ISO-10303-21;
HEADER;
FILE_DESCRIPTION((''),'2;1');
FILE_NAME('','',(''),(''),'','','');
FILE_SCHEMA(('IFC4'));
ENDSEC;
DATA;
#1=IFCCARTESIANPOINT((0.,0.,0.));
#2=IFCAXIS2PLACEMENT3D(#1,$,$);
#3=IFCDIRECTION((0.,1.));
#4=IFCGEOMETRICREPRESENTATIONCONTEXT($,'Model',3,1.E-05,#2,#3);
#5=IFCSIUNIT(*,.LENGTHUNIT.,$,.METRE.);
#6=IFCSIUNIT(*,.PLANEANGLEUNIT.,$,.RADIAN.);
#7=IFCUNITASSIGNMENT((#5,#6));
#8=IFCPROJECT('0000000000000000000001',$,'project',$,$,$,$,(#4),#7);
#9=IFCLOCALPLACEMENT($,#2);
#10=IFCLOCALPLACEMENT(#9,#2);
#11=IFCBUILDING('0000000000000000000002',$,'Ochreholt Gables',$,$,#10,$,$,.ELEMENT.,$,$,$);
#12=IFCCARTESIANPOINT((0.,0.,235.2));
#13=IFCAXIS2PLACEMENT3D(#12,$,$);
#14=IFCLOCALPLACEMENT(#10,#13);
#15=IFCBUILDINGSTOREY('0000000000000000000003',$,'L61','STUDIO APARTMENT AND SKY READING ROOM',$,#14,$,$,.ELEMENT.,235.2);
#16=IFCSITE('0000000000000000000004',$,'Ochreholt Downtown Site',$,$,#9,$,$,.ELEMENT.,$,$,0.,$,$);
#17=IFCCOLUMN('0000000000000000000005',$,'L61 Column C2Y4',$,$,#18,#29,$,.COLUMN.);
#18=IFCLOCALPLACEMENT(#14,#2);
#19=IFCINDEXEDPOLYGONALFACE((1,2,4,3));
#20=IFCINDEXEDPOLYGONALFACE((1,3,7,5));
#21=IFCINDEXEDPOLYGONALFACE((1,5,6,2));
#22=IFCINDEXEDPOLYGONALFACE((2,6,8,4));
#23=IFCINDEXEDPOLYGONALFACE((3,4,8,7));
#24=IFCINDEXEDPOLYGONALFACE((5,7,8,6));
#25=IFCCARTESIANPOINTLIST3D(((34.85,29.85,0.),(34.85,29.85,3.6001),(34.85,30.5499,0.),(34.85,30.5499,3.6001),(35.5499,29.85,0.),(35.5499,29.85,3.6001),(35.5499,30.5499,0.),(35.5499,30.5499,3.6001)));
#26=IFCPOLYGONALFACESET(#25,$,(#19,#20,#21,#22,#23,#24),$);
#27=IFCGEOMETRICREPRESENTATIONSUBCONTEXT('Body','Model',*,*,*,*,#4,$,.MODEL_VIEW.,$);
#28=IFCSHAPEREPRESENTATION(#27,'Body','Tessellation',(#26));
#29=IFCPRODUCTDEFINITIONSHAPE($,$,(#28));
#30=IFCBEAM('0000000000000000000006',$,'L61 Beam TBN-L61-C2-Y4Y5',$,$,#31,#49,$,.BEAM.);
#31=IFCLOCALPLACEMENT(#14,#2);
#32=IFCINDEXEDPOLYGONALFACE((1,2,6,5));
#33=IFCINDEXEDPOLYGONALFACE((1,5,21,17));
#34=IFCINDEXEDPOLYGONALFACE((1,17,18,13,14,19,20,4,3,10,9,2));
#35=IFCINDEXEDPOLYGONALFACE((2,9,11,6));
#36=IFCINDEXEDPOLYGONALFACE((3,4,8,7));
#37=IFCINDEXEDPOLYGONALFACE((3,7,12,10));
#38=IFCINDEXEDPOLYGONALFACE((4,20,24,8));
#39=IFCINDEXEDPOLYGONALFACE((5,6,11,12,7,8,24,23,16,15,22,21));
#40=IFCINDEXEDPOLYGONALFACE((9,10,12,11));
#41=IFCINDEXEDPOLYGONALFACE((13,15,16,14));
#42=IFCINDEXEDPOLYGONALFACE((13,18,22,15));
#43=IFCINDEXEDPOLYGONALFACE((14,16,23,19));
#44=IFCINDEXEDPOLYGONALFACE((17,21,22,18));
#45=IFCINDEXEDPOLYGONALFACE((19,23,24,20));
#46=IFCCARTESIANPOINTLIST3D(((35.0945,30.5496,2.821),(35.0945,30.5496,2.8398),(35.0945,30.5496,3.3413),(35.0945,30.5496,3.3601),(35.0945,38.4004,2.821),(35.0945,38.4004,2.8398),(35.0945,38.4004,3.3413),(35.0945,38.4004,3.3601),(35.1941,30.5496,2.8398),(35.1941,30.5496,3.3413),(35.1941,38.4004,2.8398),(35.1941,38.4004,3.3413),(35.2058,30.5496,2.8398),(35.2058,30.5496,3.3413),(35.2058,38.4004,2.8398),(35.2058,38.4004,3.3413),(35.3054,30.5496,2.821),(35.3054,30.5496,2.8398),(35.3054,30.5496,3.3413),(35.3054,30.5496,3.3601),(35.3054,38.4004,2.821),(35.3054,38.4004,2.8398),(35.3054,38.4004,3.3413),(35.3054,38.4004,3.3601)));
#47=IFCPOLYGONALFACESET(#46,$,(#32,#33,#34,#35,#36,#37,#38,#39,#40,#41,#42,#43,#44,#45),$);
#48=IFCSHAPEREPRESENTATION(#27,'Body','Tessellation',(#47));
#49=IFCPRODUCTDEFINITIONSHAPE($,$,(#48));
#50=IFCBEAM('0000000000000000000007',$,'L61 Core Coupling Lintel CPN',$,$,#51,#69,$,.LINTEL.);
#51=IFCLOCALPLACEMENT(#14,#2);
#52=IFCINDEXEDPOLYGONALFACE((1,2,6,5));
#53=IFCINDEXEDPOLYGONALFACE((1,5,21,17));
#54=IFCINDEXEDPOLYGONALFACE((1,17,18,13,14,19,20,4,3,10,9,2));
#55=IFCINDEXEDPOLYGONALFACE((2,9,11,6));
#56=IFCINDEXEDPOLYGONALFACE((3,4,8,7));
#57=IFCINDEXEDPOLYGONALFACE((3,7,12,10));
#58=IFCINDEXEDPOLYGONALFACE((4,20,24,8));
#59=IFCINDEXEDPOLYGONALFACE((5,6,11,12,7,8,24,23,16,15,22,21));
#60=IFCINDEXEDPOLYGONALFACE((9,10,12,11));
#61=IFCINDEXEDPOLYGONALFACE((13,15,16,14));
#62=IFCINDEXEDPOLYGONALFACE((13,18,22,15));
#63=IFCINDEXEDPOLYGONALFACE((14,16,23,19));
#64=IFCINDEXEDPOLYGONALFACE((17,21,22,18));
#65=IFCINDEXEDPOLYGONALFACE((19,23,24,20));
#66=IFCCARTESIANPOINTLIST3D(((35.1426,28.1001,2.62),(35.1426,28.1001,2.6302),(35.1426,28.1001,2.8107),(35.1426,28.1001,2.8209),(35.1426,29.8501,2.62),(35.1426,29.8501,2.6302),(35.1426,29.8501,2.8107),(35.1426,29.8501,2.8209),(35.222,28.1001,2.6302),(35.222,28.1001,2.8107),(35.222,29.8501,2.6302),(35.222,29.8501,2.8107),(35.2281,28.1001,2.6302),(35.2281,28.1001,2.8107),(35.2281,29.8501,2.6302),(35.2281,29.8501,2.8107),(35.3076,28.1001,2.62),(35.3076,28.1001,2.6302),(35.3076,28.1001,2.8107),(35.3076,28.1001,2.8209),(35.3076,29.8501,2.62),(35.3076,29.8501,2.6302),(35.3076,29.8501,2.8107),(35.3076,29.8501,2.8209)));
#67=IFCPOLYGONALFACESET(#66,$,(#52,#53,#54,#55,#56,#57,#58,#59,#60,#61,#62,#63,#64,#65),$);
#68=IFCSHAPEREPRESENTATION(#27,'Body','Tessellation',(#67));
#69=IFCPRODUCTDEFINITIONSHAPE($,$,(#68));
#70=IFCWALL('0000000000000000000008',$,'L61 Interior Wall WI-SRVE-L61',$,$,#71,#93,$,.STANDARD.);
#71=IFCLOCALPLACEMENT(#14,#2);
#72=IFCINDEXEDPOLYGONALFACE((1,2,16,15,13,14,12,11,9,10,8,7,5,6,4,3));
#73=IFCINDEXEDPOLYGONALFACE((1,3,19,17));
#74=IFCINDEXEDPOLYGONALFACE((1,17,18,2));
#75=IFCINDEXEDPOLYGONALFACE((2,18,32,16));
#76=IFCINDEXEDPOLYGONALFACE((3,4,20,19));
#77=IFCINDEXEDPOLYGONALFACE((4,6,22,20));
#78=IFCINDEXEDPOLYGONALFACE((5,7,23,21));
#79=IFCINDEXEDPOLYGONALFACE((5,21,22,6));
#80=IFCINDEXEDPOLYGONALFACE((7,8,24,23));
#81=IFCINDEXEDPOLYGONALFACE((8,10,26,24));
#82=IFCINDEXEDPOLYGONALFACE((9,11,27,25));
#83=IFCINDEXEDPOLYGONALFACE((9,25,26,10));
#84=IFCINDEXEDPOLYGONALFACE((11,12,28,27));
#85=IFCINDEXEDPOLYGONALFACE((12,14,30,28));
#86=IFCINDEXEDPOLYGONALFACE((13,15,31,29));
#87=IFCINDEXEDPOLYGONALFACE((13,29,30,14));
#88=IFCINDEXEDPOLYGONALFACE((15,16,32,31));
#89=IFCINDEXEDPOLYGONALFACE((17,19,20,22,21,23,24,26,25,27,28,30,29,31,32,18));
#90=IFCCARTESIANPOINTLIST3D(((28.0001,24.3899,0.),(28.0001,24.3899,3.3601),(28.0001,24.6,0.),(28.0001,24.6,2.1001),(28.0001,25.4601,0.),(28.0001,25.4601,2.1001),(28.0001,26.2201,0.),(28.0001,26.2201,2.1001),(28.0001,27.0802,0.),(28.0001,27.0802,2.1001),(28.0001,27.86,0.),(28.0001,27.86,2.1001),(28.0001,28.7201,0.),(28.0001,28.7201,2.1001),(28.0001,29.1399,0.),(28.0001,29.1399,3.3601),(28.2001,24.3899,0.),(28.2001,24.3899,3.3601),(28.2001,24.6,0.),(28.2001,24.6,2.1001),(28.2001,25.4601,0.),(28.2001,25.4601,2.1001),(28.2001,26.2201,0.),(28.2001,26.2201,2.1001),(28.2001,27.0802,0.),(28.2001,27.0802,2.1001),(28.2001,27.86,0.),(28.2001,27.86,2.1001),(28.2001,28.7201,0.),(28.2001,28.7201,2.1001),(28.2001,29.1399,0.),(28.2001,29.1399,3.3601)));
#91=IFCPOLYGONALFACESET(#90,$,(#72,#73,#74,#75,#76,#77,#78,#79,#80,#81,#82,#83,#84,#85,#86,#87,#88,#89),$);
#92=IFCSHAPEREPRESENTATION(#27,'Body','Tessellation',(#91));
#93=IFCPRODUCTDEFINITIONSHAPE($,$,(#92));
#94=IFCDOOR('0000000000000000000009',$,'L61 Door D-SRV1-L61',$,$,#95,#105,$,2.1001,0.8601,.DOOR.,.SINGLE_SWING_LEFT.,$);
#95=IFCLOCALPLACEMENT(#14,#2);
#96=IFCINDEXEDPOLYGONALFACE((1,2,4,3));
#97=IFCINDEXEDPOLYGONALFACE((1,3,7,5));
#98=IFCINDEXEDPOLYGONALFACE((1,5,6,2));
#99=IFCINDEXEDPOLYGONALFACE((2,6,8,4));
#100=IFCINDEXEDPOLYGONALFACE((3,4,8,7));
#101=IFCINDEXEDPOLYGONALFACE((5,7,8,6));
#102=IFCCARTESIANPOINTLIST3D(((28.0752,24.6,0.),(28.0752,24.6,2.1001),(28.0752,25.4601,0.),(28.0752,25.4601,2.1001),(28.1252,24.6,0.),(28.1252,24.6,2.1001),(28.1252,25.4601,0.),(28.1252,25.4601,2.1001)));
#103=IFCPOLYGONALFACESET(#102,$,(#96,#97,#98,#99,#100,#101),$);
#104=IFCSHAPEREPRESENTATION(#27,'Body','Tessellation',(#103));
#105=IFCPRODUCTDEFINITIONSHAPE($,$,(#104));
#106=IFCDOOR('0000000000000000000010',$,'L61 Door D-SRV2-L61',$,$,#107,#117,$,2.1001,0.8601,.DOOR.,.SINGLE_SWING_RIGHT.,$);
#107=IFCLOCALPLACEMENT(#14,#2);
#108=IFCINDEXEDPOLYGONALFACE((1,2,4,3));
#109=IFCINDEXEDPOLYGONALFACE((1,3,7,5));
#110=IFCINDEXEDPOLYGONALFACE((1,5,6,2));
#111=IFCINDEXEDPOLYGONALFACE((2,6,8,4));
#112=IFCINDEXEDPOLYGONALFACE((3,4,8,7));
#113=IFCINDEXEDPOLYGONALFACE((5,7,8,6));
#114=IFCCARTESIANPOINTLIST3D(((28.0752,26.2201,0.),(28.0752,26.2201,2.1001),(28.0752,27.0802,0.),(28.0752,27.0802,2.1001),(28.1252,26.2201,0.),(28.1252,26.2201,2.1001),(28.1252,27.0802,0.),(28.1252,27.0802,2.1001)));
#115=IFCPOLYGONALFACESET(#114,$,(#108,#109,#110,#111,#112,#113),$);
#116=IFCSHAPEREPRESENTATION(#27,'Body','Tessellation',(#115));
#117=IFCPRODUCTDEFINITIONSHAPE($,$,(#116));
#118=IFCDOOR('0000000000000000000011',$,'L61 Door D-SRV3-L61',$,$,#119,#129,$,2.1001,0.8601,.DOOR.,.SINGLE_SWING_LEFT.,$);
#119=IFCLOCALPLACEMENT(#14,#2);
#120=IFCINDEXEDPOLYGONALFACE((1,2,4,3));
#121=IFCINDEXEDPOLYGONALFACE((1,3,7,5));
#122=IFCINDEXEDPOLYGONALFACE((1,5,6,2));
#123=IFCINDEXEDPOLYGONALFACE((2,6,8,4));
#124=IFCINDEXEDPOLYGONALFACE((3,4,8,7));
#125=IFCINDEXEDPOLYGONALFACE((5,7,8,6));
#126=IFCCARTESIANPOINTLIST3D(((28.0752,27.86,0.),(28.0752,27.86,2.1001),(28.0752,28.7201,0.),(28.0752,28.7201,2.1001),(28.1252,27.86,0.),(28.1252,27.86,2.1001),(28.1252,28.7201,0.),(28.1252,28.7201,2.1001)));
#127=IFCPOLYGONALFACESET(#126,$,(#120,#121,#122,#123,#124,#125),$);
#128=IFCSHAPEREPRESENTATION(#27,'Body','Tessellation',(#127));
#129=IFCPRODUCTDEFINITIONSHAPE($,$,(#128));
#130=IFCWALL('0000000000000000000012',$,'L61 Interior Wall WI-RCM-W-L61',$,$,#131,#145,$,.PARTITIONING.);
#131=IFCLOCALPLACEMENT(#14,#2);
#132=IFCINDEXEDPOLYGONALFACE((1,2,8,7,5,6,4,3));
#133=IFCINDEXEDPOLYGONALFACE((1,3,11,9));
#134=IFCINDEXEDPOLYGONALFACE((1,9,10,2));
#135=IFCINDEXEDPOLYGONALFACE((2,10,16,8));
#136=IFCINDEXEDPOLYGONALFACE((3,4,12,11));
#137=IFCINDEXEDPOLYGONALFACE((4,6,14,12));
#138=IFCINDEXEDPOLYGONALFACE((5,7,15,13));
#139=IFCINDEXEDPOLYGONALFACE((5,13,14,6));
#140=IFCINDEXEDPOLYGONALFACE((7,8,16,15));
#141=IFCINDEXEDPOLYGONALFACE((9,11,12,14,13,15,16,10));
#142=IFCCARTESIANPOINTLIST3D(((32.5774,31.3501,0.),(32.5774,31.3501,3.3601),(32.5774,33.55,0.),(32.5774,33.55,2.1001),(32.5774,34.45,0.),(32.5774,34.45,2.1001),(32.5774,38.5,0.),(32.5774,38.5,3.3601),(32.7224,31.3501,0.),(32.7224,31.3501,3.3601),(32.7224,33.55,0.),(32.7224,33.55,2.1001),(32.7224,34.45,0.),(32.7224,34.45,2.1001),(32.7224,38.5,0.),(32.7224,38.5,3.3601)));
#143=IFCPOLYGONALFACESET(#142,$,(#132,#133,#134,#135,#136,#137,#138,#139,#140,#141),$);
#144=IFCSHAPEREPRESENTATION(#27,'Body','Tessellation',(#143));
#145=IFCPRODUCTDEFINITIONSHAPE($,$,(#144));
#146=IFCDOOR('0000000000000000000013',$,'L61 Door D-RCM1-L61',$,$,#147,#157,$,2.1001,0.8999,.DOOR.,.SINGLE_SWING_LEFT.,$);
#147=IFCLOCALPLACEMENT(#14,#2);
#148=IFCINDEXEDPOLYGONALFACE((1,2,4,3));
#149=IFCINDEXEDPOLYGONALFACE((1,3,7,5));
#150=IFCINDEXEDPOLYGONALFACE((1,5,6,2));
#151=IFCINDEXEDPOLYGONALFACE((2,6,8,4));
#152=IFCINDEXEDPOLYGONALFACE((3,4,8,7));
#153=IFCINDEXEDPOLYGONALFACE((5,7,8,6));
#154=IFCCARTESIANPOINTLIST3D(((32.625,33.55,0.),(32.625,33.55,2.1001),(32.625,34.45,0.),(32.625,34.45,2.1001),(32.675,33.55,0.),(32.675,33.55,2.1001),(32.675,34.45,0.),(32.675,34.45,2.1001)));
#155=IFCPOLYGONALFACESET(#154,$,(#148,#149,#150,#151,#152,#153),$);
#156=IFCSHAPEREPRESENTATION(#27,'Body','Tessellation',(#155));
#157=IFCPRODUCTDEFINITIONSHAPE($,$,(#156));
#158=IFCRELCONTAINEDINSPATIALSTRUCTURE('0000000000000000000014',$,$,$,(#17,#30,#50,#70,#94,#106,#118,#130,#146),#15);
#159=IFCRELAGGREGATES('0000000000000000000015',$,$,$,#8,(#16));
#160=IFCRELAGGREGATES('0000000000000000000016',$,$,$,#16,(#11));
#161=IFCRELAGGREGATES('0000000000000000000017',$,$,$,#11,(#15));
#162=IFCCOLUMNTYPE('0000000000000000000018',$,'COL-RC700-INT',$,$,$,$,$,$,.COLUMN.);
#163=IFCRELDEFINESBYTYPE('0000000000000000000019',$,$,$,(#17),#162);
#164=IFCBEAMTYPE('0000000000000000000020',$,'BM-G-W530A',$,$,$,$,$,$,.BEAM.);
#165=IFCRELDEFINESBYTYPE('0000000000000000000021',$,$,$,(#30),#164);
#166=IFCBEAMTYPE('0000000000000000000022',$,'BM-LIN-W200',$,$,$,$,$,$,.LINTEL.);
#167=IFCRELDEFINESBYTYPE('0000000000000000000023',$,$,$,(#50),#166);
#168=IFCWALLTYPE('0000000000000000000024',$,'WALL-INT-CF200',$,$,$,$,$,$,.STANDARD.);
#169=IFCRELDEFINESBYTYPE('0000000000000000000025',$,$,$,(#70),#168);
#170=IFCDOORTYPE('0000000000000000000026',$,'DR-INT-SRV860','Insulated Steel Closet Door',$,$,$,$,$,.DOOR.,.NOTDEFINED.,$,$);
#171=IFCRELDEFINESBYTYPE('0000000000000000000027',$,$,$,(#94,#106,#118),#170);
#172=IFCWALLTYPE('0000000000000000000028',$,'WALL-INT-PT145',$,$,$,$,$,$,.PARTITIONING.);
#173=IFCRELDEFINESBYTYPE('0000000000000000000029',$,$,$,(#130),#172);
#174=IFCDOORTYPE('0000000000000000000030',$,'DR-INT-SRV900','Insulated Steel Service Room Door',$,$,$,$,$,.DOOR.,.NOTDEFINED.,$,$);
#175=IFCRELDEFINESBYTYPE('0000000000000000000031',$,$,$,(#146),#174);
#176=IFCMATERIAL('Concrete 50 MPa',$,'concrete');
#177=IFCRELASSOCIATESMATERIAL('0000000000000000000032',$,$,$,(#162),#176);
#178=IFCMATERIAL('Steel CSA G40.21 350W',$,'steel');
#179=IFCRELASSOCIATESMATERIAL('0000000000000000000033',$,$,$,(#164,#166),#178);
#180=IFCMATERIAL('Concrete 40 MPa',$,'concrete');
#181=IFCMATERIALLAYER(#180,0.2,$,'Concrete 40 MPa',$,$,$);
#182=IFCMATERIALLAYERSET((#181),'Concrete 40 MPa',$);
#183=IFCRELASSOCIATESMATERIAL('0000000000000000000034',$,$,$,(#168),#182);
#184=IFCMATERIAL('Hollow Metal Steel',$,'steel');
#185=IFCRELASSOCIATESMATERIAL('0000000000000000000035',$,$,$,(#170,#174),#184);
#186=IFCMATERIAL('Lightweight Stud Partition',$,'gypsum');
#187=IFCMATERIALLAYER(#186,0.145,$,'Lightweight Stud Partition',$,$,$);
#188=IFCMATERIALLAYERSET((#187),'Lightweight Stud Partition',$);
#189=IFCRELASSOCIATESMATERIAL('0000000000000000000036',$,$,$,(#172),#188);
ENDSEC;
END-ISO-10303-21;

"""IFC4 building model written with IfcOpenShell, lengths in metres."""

from ifc_helpers import new_model, si_unit, direction, frame, frame_2d, origin, origin_2d, place, context, subcontext, project, spatial, rectangle, i_section, extrude, material, layer, layer_set, material_profile, profile_set, type_object, element, fill, save


model = new_model("IFC4")

# Units and contexts
model_context = context("Model", 3, precision=1e-05, world=origin(), true_north=direction((0.0, 1.0)))
body_context = subcontext(model_context, "Body", "Model", "MODEL_VIEW")
ifc_project = project(units=[si_unit("LENGTHUNIT", "METRE"), si_unit("PLANEANGLEUNIT", "RADIAN")], contexts=[model_context])

# Site, building, storey
site_placement = place(None, origin())
site = spatial("IfcSite", under=ifc_project, at=site_placement, Name="Ochreholt Downtown Site", CompositionType="ELEMENT", RefElevation=0.0)
building_placement = place(site_placement, origin())
building = spatial("IfcBuilding", under=site, at=building_placement, Name="Ochreholt Gables", CompositionType="ELEMENT")
storey_placement = place(building_placement, frame((0.0, 0.0, 235.2)))
storey = spatial("IfcBuildingStorey", under=building, at=storey_placement, Name="L61", Description="STUDIO APARTMENT AND SKY READING ROOM", CompositionType="ELEMENT", Elevation=235.2)

# Column
ifc_material_1 = material(Name="Concrete 50 MPa", Category="concrete")
ifc_material_profile_1 = material_profile(ifc_material_1, rectangle(XDim=0.7, YDim=0.7, at=origin_2d()), Name="RC700X700")
ifc_profile_set_1 = profile_set([ifc_material_profile_1], Name="Concrete 50 MPa")
column_type = type_object("IfcColumnType", Name="COL-RC700-INT", PredefinedType="COLUMN", material=ifc_profile_set_1)
column_placement = place(storey_placement, frame((35.2, 30.2, 0.0), z_axis=(0.0, 0.0, 1.0), x_axis=(1.0, 0.0, 0.0)))
element("IfcColumn", 1, at=column_placement, inside=storey, type_object=column_type, Name="L61 Column C2Y4", PredefinedType="COLUMN", context=body_context, shape_type="SweptSolid", body=[
    extrude(rectangle(XDim=0.7, YDim=0.7, at=origin_2d()), origin(), (0.0, 0.0, 1.0), 3.6001),
])

# Beams
ifc_material_2 = material(Name="Steel CSA G40.21 350W", Category="steel")
ifc_material_profile_2 = material_profile(ifc_material_2, i_section(OverallWidth=0.2109, OverallDepth=0.5391, WebThickness=0.0117, FlangeThickness=0.0188, at=origin_2d()), Name="W530X109")
ifc_profile_set_2 = profile_set([ifc_material_profile_2], Name="Steel CSA G40.21 350W")
beam_type_1 = type_object("IfcBeamType", Name="BM-G-W530A", PredefinedType="BEAM", material=ifc_profile_set_2)
beam_1_placement = place(storey_placement, frame((35.2, 30.5496, 3.0906), z_axis=(0.0, 1.0, 0.0), x_axis=(-1.0, 0.0, 0.0)))
element("IfcBeam", 2, at=beam_1_placement, inside=storey, type_object=beam_type_1, Name="L61 Beam TBN-L61-C2-Y4Y5", PredefinedType="BEAM", context=body_context, shape_type="SweptSolid", body=[
    extrude(i_section(OverallWidth=0.2109, OverallDepth=0.5391, WebThickness=0.0117, FlangeThickness=0.0188, at=origin_2d()), origin(), (0.0, 0.0, 1.0), 7.8508),
])
ifc_material_profile_3 = material_profile(ifc_material_2, i_section(OverallWidth=0.165, OverallDepth=0.2009, WebThickness=0.0061, FlangeThickness=0.0103, at=origin_2d()), Name="W200X36")
ifc_profile_set_3 = profile_set([ifc_material_profile_3], Name="Steel CSA G40.21 350W")
beam_type_2 = type_object("IfcBeamType", Name="BM-LIN-W200", PredefinedType="LINTEL", material=ifc_profile_set_3)
beam_2_placement = place(storey_placement, frame((35.2251, 28.1001, 2.7205), z_axis=(0.0, 1.0, 0.0), x_axis=(-1.0, 0.0, 0.0)))
element("IfcBeam", 3, at=beam_2_placement, inside=storey, type_object=beam_type_2, Name="L61 Core Coupling Lintel CPN", PredefinedType="LINTEL", context=body_context, shape_type="SweptSolid", body=[
    extrude(i_section(OverallWidth=0.165, OverallDepth=0.2009, WebThickness=0.0061, FlangeThickness=0.0103, at=origin_2d()), origin(), (0.0, 0.0, 1.0), 1.75),
])

# Wall, openings, doors
ifc_material_3 = material(Name="Concrete 40 MPa", Category="concrete")
ifc_layer_1 = layer(ifc_material_3, 0.2, Name="Concrete 40 MPa")
ifc_layer_set_1 = layer_set([ifc_layer_1], Name="Concrete 40 MPa")
wall_type_1 = type_object("IfcWallType", Name="WALL-INT-CF200", PredefinedType="STANDARD", material=ifc_layer_set_1)
wall_1_placement = place(storey_placement, frame((28.1001, 24.3899, 0.0), z_axis=(0.0, 0.0, 1.0), x_axis=(0.0, 1.0, 0.0)))
wall_1 = element("IfcWall", 4, at=wall_1_placement, inside=storey, type_object=wall_type_1, Name="L61 Interior Wall WI-SRVE-L61", PredefinedType="STANDARD", context=body_context, shape_type="SweptSolid", body=[
    extrude(rectangle(XDim=4.75, YDim=0.2, at=frame_2d((2.375, 0.0))), origin(), (0.0, 0.0, 1.0), 3.3601),
])
opening_1_placement = place(wall_1_placement, frame((0.21, 0.0, 0.0)))
opening_1 = element("IfcOpeningElement", 5, at=opening_1_placement, cuts=wall_1, PredefinedType="OPENING", context=body_context, shape_type="SweptSolid", body=[
    extrude(rectangle(XDim=0.8601, YDim=2.1001, at=frame_2d((0.4302, 1.05))), frame((0.0, 0.1099, 0.0), z_axis=(0.0, -1.0, 0.0), x_axis=(1.0, 0.0, 0.0)), (0.0, 0.0, 1.0), 0.22),
])
opening_2_placement = place(wall_1_placement, frame((1.8301, 0.0, 0.0)))
opening_2 = element("IfcOpeningElement", 6, at=opening_2_placement, cuts=wall_1, PredefinedType="OPENING", context=body_context, shape_type="SweptSolid", body=[
    extrude(rectangle(XDim=0.8601, YDim=2.1001, at=frame_2d((0.4302, 1.05))), frame((0.0, 0.1099, 0.0), z_axis=(0.0, -1.0, 0.0), x_axis=(1.0, 0.0, 0.0)), (0.0, 0.0, 1.0), 0.22),
])
opening_3_placement = place(wall_1_placement, frame((3.47, 0.0, 0.0)))
opening_3 = element("IfcOpeningElement", 7, at=opening_3_placement, cuts=wall_1, PredefinedType="OPENING", context=body_context, shape_type="SweptSolid", body=[
    extrude(rectangle(XDim=0.8601, YDim=2.1001, at=frame_2d((0.4302, 1.05))), frame((0.0, 0.1099, 0.0), z_axis=(0.0, -1.0, 0.0), x_axis=(1.0, 0.0, 0.0)), (0.0, 0.0, 1.0), 0.22),
])
ifc_material_4 = material(Name="Hollow Metal Steel", Category="steel")
door_type_1 = type_object("IfcDoorType", Name="DR-INT-SRV860", Description="Insulated Steel Closet Door", OperationType="NOTDEFINED", PredefinedType="DOOR", material=ifc_material_4)
door_1_placement = place(opening_1_placement, origin())
door_1 = element("IfcDoor", 8, at=door_1_placement, inside=storey, type_object=door_type_1, Name="L61 Door D-SRV1-L61", OperationType="SINGLE_SWING_LEFT", OverallHeight=2.1001, OverallWidth=0.8601, PredefinedType="DOOR", context=body_context, shape_type="SweptSolid", body=[
    extrude(rectangle(XDim=0.8601, YDim=2.1001, at=frame_2d((0.4302, 1.05))), frame((0.0, 0.0249, 0.0), z_axis=(0.0, -1.0, 0.0), x_axis=(1.0, 0.0, 0.0)), (0.0, 0.0, 1.0), 0.05),
])
fill(opening_1, door_1)
door_2_placement = place(opening_2_placement, origin())
door_2 = element("IfcDoor", 9, at=door_2_placement, inside=storey, type_object=door_type_1, Name="L61 Door D-SRV2-L61", OperationType="SINGLE_SWING_RIGHT", OverallHeight=2.1001, OverallWidth=0.8601, PredefinedType="DOOR", context=body_context, shape_type="SweptSolid", body=[
    extrude(rectangle(XDim=0.8601, YDim=2.1001, at=frame_2d((0.4302, 1.05))), frame((0.0, 0.0249, 0.0), z_axis=(0.0, -1.0, 0.0), x_axis=(1.0, 0.0, 0.0)), (0.0, 0.0, 1.0), 0.05),
])
fill(opening_2, door_2)
door_3_placement = place(opening_3_placement, origin())
door_3 = element("IfcDoor", 10, at=door_3_placement, inside=storey, type_object=door_type_1, Name="L61 Door D-SRV3-L61", OperationType="SINGLE_SWING_LEFT", OverallHeight=2.1001, OverallWidth=0.8601, PredefinedType="DOOR", context=body_context, shape_type="SweptSolid", body=[
    extrude(rectangle(XDim=0.8601, YDim=2.1001, at=frame_2d((0.4302, 1.05))), frame((0.0, 0.0249, 0.0), z_axis=(0.0, -1.0, 0.0), x_axis=(1.0, 0.0, 0.0)), (0.0, 0.0, 1.0), 0.05),
])
fill(opening_3, door_3)

# Wall, opening, door
ifc_material_5 = material(Name="Lightweight Stud Partition", Category="gypsum")
ifc_layer_2 = layer(ifc_material_5, 0.145, Name="Lightweight Stud Partition")
ifc_layer_set_2 = layer_set([ifc_layer_2], Name="Lightweight Stud Partition")
wall_type_2 = type_object("IfcWallType", Name="WALL-INT-PT145", PredefinedType="PARTITIONING", material=ifc_layer_set_2)
wall_2_placement = place(storey_placement, frame((32.6499, 31.3501, 0.0), z_axis=(0.0, 0.0, 1.0), x_axis=(0.0, 1.0, 0.0)))
wall_2 = element("IfcWall", 11, at=wall_2_placement, inside=storey, type_object=wall_type_2, Name="L61 Interior Wall WI-RCM-W-L61", PredefinedType="PARTITIONING", context=body_context, shape_type="SweptSolid", body=[
    extrude(rectangle(XDim=7.1499, YDim=0.145, at=frame_2d((3.575, 0.0))), origin(), (0.0, 0.0, 1.0), 3.3601),
])
opening_4_placement = place(wall_2_placement, frame((2.2, 0.0, 0.0)))
opening_4 = element("IfcOpeningElement", 12, at=opening_4_placement, cuts=wall_2, PredefinedType="OPENING", context=body_context, shape_type="SweptSolid", body=[
    extrude(rectangle(XDim=0.8999, YDim=2.1001, at=frame_2d((0.45, 1.05))), frame((0.0, 0.0825, 0.0), z_axis=(0.0, -1.0, 0.0), x_axis=(1.0, 0.0, 0.0)), (0.0, 0.0, 1.0), 0.165),
])
door_type_2 = type_object("IfcDoorType", Name="DR-INT-SRV900", Description="Insulated Steel Service Room Door", OperationType="NOTDEFINED", PredefinedType="DOOR", material=ifc_material_4)
door_4_placement = place(opening_4_placement, origin())
door_4 = element("IfcDoor", 13, at=door_4_placement, inside=storey, type_object=door_type_2, Name="L61 Door D-RCM1-L61", OperationType="SINGLE_SWING_LEFT", OverallHeight=2.1001, OverallWidth=0.8999, PredefinedType="DOOR", context=body_context, shape_type="SweptSolid", body=[
    extrude(rectangle(XDim=0.8999, YDim=2.1001, at=frame_2d((0.45, 1.05))), frame((0.0, 0.0249, 0.0), z_axis=(0.0, -1.0, 0.0), x_axis=(1.0, 0.0, 0.0)), (0.0, 0.0, 1.0), 0.05),
])
fill(opening_4, door_4)

save(model, "model.ifc")
